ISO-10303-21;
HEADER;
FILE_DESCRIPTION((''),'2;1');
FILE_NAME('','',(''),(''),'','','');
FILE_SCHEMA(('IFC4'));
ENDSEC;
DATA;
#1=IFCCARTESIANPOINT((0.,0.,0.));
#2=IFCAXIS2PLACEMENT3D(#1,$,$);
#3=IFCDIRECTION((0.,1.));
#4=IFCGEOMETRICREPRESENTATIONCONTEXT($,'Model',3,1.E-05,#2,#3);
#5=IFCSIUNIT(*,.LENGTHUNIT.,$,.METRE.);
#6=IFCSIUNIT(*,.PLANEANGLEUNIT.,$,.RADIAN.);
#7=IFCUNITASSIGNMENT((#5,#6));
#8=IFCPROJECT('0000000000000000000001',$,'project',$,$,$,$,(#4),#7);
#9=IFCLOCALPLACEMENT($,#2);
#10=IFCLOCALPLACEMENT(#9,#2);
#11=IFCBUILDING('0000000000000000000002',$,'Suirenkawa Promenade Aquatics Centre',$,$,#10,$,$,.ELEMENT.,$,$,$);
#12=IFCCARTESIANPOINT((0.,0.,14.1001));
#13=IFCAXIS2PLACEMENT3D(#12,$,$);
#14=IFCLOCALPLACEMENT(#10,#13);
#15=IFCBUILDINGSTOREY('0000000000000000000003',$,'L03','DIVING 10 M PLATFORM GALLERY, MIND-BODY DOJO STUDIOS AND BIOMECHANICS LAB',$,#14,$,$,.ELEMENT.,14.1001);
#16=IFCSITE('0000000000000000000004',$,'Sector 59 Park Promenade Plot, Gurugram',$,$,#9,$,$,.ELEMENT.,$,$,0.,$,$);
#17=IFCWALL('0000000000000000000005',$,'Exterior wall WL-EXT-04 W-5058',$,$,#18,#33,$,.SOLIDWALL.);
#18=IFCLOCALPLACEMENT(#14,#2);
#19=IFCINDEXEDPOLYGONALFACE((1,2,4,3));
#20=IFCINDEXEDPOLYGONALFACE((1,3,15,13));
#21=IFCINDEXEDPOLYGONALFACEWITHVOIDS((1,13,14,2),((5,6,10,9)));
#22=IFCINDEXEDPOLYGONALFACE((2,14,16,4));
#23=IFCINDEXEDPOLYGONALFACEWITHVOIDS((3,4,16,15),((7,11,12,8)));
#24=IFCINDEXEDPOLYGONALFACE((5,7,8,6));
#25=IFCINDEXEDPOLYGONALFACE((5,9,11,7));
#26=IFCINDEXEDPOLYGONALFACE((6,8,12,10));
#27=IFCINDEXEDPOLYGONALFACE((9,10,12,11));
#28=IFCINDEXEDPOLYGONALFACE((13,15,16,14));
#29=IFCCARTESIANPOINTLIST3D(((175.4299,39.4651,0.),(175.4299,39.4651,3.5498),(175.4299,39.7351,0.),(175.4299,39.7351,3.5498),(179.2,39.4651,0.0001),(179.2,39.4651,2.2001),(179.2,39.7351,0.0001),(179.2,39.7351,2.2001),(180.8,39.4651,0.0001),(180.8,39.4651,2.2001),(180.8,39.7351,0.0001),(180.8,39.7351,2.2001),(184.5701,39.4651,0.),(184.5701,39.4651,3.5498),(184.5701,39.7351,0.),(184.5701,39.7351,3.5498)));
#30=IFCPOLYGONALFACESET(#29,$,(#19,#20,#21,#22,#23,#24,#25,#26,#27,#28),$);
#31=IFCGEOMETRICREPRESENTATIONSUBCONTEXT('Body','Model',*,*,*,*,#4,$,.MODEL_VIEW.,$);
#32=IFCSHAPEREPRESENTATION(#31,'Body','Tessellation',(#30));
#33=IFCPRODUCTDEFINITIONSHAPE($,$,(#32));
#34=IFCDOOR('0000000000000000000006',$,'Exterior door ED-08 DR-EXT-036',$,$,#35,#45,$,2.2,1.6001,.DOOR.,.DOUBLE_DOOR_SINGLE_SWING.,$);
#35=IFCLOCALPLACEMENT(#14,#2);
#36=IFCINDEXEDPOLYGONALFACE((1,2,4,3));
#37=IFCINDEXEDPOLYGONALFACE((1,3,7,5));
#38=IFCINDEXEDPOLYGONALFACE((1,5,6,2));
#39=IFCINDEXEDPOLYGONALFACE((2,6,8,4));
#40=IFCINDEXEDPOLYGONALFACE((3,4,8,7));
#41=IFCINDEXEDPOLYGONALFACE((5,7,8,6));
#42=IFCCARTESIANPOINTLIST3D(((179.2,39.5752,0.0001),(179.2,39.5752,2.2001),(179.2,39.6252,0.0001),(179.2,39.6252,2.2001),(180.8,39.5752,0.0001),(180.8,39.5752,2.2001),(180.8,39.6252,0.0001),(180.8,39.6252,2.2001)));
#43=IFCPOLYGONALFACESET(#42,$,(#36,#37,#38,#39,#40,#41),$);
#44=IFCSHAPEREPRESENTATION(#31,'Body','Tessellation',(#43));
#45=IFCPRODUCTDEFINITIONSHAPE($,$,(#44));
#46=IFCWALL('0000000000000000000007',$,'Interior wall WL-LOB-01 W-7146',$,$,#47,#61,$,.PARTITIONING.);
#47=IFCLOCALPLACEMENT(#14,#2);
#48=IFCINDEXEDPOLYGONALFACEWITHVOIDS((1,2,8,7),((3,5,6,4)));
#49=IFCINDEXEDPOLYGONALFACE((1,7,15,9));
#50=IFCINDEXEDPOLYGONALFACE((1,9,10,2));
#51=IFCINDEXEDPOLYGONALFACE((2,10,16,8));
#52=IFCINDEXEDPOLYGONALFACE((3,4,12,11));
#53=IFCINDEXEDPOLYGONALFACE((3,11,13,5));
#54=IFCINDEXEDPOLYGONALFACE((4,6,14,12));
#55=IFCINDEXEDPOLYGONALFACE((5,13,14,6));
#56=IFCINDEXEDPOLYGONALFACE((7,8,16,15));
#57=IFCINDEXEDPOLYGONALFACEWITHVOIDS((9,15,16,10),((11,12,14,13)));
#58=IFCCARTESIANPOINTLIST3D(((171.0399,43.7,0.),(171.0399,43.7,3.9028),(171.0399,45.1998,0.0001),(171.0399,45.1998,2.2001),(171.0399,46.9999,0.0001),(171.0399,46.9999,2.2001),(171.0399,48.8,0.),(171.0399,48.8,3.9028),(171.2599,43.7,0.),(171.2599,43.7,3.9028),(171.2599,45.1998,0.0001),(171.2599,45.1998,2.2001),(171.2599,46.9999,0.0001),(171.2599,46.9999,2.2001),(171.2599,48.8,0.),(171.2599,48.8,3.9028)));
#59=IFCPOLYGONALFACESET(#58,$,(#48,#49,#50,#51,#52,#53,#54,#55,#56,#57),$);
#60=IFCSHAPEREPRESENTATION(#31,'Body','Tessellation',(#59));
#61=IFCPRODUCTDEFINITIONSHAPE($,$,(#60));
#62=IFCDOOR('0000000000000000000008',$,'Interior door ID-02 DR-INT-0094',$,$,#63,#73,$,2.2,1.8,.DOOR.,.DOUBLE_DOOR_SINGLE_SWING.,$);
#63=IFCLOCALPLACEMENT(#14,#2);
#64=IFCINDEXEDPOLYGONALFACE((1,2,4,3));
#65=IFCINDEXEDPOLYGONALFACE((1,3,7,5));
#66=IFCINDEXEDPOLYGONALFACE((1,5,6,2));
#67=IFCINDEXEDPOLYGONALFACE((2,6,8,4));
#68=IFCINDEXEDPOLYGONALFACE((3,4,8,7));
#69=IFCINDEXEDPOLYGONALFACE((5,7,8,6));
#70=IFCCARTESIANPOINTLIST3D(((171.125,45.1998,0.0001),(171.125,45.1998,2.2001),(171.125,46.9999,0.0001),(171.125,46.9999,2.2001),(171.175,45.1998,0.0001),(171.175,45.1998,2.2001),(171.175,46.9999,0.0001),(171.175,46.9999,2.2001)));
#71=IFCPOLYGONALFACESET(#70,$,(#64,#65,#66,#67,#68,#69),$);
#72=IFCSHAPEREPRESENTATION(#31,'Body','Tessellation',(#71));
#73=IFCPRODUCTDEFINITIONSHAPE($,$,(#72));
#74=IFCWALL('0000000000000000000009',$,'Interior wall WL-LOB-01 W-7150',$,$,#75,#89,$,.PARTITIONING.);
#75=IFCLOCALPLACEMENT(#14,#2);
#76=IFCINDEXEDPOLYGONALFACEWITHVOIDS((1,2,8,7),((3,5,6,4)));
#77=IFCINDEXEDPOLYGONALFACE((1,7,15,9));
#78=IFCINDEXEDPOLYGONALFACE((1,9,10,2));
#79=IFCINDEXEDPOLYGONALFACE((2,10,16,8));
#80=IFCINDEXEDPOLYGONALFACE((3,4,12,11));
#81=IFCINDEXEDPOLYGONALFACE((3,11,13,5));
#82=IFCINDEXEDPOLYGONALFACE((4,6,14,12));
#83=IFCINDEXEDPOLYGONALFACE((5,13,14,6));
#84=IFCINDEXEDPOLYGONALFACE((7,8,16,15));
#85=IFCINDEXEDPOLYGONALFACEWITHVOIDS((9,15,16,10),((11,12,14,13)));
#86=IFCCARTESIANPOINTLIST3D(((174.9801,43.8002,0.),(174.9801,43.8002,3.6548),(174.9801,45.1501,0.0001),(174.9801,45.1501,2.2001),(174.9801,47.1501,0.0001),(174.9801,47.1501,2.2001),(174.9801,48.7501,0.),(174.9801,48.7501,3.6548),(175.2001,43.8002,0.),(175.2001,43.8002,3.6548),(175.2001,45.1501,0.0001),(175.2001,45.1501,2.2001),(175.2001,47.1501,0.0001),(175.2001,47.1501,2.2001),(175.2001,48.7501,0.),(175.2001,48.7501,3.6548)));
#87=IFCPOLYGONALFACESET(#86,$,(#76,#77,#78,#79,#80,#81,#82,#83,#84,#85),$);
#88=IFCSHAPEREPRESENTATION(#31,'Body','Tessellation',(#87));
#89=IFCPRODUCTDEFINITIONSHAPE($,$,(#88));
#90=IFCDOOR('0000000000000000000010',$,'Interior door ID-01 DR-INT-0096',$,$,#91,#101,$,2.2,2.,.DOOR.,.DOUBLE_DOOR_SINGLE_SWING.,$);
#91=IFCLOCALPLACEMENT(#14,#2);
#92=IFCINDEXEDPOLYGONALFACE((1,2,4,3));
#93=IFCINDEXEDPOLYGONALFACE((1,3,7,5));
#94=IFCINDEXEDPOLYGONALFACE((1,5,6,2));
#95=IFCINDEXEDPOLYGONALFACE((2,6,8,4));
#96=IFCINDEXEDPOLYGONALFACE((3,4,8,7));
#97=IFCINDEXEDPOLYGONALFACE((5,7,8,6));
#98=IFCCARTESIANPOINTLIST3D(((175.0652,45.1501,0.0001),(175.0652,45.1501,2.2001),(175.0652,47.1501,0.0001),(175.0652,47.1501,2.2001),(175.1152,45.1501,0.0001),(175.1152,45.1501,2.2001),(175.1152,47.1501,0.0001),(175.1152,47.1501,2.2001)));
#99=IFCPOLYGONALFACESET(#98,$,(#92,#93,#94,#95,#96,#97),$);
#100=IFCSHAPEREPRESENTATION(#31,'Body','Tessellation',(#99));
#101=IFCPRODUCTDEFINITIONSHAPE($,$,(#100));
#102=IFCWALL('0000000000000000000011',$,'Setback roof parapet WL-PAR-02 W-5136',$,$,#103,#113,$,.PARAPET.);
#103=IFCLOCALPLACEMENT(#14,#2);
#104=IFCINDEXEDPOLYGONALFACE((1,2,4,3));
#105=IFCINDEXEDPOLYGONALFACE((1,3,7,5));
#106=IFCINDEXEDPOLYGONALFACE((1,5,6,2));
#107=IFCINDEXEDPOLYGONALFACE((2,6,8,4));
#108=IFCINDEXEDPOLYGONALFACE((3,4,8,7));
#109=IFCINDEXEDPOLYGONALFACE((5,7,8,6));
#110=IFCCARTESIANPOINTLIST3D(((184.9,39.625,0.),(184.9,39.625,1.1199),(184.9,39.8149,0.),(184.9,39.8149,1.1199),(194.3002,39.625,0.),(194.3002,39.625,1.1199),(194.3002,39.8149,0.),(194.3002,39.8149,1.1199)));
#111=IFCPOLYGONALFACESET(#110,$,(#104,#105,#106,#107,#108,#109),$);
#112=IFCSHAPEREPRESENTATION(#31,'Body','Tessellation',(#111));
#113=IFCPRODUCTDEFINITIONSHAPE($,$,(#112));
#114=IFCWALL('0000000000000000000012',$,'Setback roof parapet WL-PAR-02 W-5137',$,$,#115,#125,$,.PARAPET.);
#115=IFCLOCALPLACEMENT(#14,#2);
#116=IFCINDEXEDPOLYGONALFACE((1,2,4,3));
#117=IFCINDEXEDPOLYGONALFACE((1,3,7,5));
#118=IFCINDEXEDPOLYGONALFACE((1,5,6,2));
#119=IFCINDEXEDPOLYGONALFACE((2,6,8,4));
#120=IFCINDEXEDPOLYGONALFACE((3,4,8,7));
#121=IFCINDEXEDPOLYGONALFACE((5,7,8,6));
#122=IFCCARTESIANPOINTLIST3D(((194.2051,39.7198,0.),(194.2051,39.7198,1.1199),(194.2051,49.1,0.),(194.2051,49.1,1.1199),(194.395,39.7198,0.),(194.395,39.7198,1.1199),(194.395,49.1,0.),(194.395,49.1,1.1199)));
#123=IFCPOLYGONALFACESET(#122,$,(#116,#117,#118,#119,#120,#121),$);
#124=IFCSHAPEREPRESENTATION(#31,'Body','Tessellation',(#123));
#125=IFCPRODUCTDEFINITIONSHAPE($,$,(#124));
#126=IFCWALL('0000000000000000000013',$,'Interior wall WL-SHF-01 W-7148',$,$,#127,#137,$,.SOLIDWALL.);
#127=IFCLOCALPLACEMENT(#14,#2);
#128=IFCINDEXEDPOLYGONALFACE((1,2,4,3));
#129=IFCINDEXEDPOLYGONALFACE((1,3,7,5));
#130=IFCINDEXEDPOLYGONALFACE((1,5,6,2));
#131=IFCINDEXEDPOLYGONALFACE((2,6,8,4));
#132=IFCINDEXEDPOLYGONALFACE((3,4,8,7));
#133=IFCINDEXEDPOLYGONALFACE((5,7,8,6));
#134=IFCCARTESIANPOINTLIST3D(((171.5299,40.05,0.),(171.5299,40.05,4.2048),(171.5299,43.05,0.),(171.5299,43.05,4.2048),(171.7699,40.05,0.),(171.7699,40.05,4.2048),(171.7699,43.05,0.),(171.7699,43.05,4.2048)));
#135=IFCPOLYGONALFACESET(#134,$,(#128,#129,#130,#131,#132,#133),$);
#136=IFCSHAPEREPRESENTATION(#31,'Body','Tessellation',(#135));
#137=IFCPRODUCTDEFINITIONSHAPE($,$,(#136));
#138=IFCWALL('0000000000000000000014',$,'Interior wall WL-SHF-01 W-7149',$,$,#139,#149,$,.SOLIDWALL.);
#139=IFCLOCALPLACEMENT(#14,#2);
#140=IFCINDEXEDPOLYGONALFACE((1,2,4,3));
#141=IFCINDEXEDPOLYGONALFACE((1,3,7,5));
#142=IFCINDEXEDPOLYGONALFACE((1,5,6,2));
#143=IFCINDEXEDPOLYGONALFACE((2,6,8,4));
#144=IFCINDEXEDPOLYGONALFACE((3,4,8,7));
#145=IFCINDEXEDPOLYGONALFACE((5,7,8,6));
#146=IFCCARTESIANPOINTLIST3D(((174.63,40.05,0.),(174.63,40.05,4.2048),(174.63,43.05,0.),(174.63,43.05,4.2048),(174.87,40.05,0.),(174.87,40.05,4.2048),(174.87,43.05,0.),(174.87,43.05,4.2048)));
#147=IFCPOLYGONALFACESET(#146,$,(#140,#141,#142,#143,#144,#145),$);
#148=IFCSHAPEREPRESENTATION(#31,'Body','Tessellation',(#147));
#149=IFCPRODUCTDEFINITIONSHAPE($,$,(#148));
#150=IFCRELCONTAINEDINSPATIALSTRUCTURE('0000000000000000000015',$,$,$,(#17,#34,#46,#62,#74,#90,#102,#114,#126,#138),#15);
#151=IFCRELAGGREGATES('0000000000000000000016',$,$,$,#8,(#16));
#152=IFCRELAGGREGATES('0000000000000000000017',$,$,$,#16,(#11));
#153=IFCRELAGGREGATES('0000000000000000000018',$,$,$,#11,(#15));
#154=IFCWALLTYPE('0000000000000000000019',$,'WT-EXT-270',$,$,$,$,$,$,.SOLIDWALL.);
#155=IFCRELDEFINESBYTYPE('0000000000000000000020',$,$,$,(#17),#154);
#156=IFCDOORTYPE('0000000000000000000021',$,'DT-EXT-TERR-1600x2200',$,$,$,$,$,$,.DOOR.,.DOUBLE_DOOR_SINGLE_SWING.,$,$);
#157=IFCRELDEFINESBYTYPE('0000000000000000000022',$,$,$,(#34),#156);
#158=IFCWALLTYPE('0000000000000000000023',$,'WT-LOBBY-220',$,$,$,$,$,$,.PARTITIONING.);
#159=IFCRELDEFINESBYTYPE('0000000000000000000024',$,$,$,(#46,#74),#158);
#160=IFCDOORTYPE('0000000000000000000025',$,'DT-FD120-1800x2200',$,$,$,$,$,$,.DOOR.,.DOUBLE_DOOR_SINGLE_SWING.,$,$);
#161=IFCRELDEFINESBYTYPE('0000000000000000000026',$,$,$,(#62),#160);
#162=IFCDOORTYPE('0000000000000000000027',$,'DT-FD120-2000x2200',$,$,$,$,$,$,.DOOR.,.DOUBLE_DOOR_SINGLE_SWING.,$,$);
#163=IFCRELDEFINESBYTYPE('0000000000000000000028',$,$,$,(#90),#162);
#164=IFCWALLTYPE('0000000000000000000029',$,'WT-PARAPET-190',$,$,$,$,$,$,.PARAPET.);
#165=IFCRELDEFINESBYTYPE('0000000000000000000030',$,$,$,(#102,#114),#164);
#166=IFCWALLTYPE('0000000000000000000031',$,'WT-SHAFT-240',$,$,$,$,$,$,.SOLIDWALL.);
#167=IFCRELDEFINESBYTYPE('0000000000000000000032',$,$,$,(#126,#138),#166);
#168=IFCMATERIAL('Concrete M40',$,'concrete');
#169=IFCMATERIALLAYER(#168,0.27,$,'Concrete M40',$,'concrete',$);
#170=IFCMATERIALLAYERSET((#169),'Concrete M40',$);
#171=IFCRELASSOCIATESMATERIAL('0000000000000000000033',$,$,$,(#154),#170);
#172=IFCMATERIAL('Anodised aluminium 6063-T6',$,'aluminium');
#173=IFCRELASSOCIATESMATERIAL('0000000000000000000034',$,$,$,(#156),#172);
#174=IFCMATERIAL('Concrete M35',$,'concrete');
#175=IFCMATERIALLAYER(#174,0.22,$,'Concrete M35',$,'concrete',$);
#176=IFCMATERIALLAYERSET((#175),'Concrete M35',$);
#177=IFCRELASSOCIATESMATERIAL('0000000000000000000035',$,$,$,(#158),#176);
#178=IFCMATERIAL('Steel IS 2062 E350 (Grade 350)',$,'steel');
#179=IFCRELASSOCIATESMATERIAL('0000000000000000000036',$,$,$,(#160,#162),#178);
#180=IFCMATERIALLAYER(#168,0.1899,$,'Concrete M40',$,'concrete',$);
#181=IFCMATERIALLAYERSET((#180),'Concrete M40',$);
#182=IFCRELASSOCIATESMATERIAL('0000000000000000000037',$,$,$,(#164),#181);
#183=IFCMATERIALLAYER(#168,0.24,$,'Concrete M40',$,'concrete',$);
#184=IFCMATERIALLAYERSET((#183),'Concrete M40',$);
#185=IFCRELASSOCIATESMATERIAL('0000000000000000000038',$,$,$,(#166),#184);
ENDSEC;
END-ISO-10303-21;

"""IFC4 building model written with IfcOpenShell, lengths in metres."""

from ifc_helpers import new_model, si_unit, direction, frame, frame_2d, origin, place, context, subcontext, project, spatial, rectangle, extrude, material, layer, layer_set, type_object, element, fill, save


model = new_model("IFC4")

# Units and contexts
model_context = context("Model", 3, precision=1e-05, world=origin(), true_north=direction((0.0, 1.0)))
body_context = subcontext(model_context, "Body", "Model", "MODEL_VIEW")
ifc_project = project(units=[si_unit("LENGTHUNIT", "METRE"), si_unit("PLANEANGLEUNIT", "RADIAN")], contexts=[model_context])

# Site, building, storey
site_placement = place(None, origin())
site = spatial("IfcSite", under=ifc_project, at=site_placement, Name="Sector 59 Park Promenade Plot, Gurugram", CompositionType="ELEMENT", RefElevation=0.0)
building_placement = place(site_placement, origin())
building = spatial("IfcBuilding", under=site, at=building_placement, Name="Suirenkawa Promenade Aquatics Centre", CompositionType="ELEMENT")
storey_placement = place(building_placement, frame((0.0, 0.0, 14.1001)))
storey = spatial("IfcBuildingStorey", under=building, at=storey_placement, Name="L03", Description="DIVING 10 M PLATFORM GALLERY, MIND-BODY DOJO STUDIOS AND BIOMECHANICS LAB", CompositionType="ELEMENT", Elevation=14.1001)

# Shared definitions
ifc_material_1 = material(Name="Concrete M40", Category="concrete")

# Shared definitions
ifc_material_2 = material(Name="Steel IS 2062 E350 (Grade 350)", Category="steel")
ifc_material_3 = material(Name="Concrete M35", Category="concrete")

# Walls, openings, doors
ifc_layer_1 = layer(ifc_material_1, 0.27, Name="Concrete M40", Category="concrete")
ifc_layer_set_1 = layer_set([ifc_layer_1], Name="Concrete M40")
wall_type_1 = type_object("IfcWallType", Name="WT-EXT-270", PredefinedType="SOLIDWALL", material=ifc_layer_set_1)
wall_1_placement = place(storey_placement, frame((184.5701, 39.6001, 0.0), z_axis=(0.0, 0.0, 1.0), x_axis=(-1.0, 0.0, 0.0)))
wall_1 = element("IfcWall", 1, at=wall_1_placement, inside=storey, type_object=wall_type_1, Name="Exterior wall WL-EXT-04 W-5058", PredefinedType="SOLIDWALL", context=body_context, shape_type="SweptSolid", body=[
    extrude(rectangle(XDim=9.1401, YDim=0.27, at=frame_2d((4.5701, 0.0))), origin(), (0.0, 0.0, 1.0), 3.5498),
])
opening_1_placement = place(wall_1_placement, frame((3.77, 0.0, 0.0)))
opening_1 = element("IfcOpeningElement", 2, at=opening_1_placement, cuts=wall_1, PredefinedType="OPENING", context=body_context, shape_type="SweptSolid", body=[
    extrude(rectangle(XDim=1.6001, YDim=2.2, at=frame_2d((0.8, 1.1001))), frame((0.0, 0.145, 0.0), z_axis=(0.0, -1.0, 0.0), x_axis=(1.0, 0.0, 0.0)), (0.0, 0.0, 1.0), 0.29),
])
ifc_material_4 = material(Name="Anodised aluminium 6063-T6", Category="aluminium")
door_type_1 = type_object("IfcDoorType", Name="DT-EXT-TERR-1600x2200", OperationType="DOUBLE_DOOR_SINGLE_SWING", PredefinedType="DOOR", material=ifc_material_4)
door_1_placement = place(opening_1_placement, origin())
door_1 = element("IfcDoor", 3, at=door_1_placement, inside=storey, type_object=door_type_1, Name="Exterior door ED-08 DR-EXT-036", OperationType="DOUBLE_DOOR_SINGLE_SWING", OverallHeight=2.2, OverallWidth=1.6001, PredefinedType="DOOR", context=body_context, shape_type="SweptSolid", body=[
    extrude(rectangle(XDim=1.6001, YDim=2.2, at=frame_2d((0.8, 1.1001))), frame((0.0, 0.0249, 0.0), z_axis=(0.0, -1.0, 0.0), x_axis=(1.0, 0.0, 0.0)), (0.0, 0.0, 1.0), 0.05),
])
fill(opening_1, door_1)
ifc_layer_2 = layer(ifc_material_3, 0.22, Name="Concrete M35", Category="concrete")
ifc_layer_set_2 = layer_set([ifc_layer_2], Name="Concrete M35")
wall_type_2 = type_object("IfcWallType", Name="WT-LOBBY-220", PredefinedType="PARTITIONING", material=ifc_layer_set_2)
wall_2_placement = place(storey_placement, frame((171.1499, 43.7, 0.0), z_axis=(0.0, 0.0, 1.0), x_axis=(0.0, 1.0, 0.0)))
wall_2 = element("IfcWall", 4, at=wall_2_placement, inside=storey, type_object=wall_type_2, Name="Interior wall WL-LOB-01 W-7146", PredefinedType="PARTITIONING", context=body_context, shape_type="SweptSolid", body=[
    extrude(rectangle(XDim=5.1001, YDim=0.22, at=frame_2d((2.55, 0.0))), origin(), (0.0, 0.0, 1.0), 3.9028),
])
opening_2_placement = place(wall_2_placement, frame((1.5, 0.0, 0.0)))
opening_2 = element("IfcOpeningElement", 5, at=opening_2_placement, cuts=wall_2, PredefinedType="OPENING", context=body_context, shape_type="SweptSolid", body=[
    extrude(rectangle(XDim=1.8, YDim=2.2, at=frame_2d((0.8999, 1.1001))), frame((0.0, 0.1199, 0.0), z_axis=(0.0, -1.0, 0.0), x_axis=(1.0, 0.0, 0.0)), (0.0, 0.0, 1.0), 0.24),
])
door_type_2 = type_object("IfcDoorType", Name="DT-FD120-1800x2200", OperationType="DOUBLE_DOOR_SINGLE_SWING", PredefinedType="DOOR", material=ifc_material_2)
door_2_placement = place(opening_2_placement, origin())
door_2 = element("IfcDoor", 6, at=door_2_placement, inside=storey, type_object=door_type_2, Name="Interior door ID-02 DR-INT-0094", OperationType="DOUBLE_DOOR_SINGLE_SWING", OverallHeight=2.2, OverallWidth=1.8, PredefinedType="DOOR", context=body_context, shape_type="SweptSolid", body=[
    extrude(rectangle(XDim=1.8, YDim=2.2, at=frame_2d((0.8999, 1.1001))), frame((0.0, 0.0249, 0.0), z_axis=(0.0, -1.0, 0.0), x_axis=(1.0, 0.0, 0.0)), (0.0, 0.0, 1.0), 0.05),
])
fill(opening_2, door_2)
wall_3_placement = place(storey_placement, frame((175.0901, 43.8, 0.0), z_axis=(0.0, 0.0, 1.0), x_axis=(0.0, 1.0, 0.0)))
wall_3 = element("IfcWall", 7, at=wall_3_placement, inside=storey, type_object=wall_type_2, Name="Interior wall WL-LOB-01 W-7150", PredefinedType="PARTITIONING", context=body_context, shape_type="SweptSolid", body=[
    extrude(rectangle(XDim=4.95, YDim=0.22, at=frame_2d((2.4751, 0.0))), origin(), (0.0, 0.0, 1.0), 3.6548),
])
opening_3_placement = place(wall_3_placement, frame((1.3501, 0.0, 0.0)))
opening_3 = element("IfcOpeningElement", 8, at=opening_3_placement, cuts=wall_3, PredefinedType="OPENING", context=body_context, shape_type="SweptSolid", body=[
    extrude(rectangle(XDim=2.0, YDim=2.2, at=frame_2d((1.0, 1.1001))), frame((0.0, 0.1199, 0.0), z_axis=(0.0, -1.0, 0.0), x_axis=(1.0, 0.0, 0.0)), (0.0, 0.0, 1.0), 0.24),
])
door_type_3 = type_object("IfcDoorType", Name="DT-FD120-2000x2200", OperationType="DOUBLE_DOOR_SINGLE_SWING", PredefinedType="DOOR", material=ifc_material_2)
door_3_placement = place(opening_3_placement, origin())
door_3 = element("IfcDoor", 9, at=door_3_placement, inside=storey, type_object=door_type_3, Name="Interior door ID-01 DR-INT-0096", OperationType="DOUBLE_DOOR_SINGLE_SWING", OverallHeight=2.2, OverallWidth=2.0, PredefinedType="DOOR", context=body_context, shape_type="SweptSolid", body=[
    extrude(rectangle(XDim=2.0, YDim=2.2, at=frame_2d((1.0, 1.1001))), frame((0.0, 0.0249, 0.0), z_axis=(0.0, -1.0, 0.0), x_axis=(1.0, 0.0, 0.0)), (0.0, 0.0, 1.0), 0.05),
])
fill(opening_3, door_3)

# Walls
ifc_layer_3 = layer(ifc_material_1, 0.1899, Name="Concrete M40", Category="concrete")
ifc_layer_set_3 = layer_set([ifc_layer_3], Name="Concrete M40")
wall_type_3 = type_object("IfcWallType", Name="WT-PARAPET-190", PredefinedType="PARAPET", material=ifc_layer_set_3)
wall_4_placement = place(storey_placement, frame((184.8999, 39.72, 0.0), z_axis=(0.0, 0.0, 1.0), x_axis=(1.0, 0.0, 0.0)))
element("IfcWall", 10, at=wall_4_placement, inside=storey, type_object=wall_type_3, Name="Setback roof parapet WL-PAR-02 W-5136", PredefinedType="PARAPET", context=body_context, shape_type="SweptSolid", body=[
    extrude(rectangle(XDim=9.4001, YDim=0.1899, at=frame_2d((4.7002, 0.0))), origin(), (0.0, 0.0, 1.0), 1.1199),
])
wall_5_placement = place(storey_placement, frame((194.3, 39.72, 0.0), z_axis=(0.0, 0.0, 1.0), x_axis=(0.0, 1.0, 0.0)))
element("IfcWall", 11, at=wall_5_placement, inside=storey, type_object=wall_type_3, Name="Setback roof parapet WL-PAR-02 W-5137", PredefinedType="PARAPET", context=body_context, shape_type="SweptSolid", body=[
    extrude(rectangle(XDim=9.3801, YDim=0.1899, at=frame_2d((4.6899, 0.0))), origin(), (0.0, 0.0, 1.0), 1.1199),
])

# Shared definitions
ifc_layer_4 = layer(ifc_material_1, 0.24, Name="Concrete M40", Category="concrete")
ifc_layer_set_4 = layer_set([ifc_layer_4], Name="Concrete M40")
wall_type_4 = type_object("IfcWallType", Name="WT-SHAFT-240", PredefinedType="SOLIDWALL", material=ifc_layer_set_4)

# Walls
for number, where, z_axis, x_axis, name in (
    (12, (171.6499, 40.05, 0.0), (0.0, 0.0, 1.0), (0.0, 1.0, 0.0), "Interior wall WL-SHF-01 W-7148"),
    (13, (174.75, 40.05, 0.0), (0.0, 0.0, 1.0), (0.0, 1.0, 0.0), "Interior wall WL-SHF-01 W-7149"),
):
    element("IfcWall", number, at=place(storey_placement, frame(where, z_axis=z_axis, x_axis=x_axis)), inside=storey, type_object=wall_type_4, Name=name, PredefinedType="SOLIDWALL", context=body_context, shape_type="SweptSolid", body=[
        extrude(rectangle(XDim=3.0, YDim=0.24, at=frame_2d((1.5, 0.0))), origin(), (0.0, 0.0, 1.0), 4.2048),
    ])

save(model, "model.ifc")
